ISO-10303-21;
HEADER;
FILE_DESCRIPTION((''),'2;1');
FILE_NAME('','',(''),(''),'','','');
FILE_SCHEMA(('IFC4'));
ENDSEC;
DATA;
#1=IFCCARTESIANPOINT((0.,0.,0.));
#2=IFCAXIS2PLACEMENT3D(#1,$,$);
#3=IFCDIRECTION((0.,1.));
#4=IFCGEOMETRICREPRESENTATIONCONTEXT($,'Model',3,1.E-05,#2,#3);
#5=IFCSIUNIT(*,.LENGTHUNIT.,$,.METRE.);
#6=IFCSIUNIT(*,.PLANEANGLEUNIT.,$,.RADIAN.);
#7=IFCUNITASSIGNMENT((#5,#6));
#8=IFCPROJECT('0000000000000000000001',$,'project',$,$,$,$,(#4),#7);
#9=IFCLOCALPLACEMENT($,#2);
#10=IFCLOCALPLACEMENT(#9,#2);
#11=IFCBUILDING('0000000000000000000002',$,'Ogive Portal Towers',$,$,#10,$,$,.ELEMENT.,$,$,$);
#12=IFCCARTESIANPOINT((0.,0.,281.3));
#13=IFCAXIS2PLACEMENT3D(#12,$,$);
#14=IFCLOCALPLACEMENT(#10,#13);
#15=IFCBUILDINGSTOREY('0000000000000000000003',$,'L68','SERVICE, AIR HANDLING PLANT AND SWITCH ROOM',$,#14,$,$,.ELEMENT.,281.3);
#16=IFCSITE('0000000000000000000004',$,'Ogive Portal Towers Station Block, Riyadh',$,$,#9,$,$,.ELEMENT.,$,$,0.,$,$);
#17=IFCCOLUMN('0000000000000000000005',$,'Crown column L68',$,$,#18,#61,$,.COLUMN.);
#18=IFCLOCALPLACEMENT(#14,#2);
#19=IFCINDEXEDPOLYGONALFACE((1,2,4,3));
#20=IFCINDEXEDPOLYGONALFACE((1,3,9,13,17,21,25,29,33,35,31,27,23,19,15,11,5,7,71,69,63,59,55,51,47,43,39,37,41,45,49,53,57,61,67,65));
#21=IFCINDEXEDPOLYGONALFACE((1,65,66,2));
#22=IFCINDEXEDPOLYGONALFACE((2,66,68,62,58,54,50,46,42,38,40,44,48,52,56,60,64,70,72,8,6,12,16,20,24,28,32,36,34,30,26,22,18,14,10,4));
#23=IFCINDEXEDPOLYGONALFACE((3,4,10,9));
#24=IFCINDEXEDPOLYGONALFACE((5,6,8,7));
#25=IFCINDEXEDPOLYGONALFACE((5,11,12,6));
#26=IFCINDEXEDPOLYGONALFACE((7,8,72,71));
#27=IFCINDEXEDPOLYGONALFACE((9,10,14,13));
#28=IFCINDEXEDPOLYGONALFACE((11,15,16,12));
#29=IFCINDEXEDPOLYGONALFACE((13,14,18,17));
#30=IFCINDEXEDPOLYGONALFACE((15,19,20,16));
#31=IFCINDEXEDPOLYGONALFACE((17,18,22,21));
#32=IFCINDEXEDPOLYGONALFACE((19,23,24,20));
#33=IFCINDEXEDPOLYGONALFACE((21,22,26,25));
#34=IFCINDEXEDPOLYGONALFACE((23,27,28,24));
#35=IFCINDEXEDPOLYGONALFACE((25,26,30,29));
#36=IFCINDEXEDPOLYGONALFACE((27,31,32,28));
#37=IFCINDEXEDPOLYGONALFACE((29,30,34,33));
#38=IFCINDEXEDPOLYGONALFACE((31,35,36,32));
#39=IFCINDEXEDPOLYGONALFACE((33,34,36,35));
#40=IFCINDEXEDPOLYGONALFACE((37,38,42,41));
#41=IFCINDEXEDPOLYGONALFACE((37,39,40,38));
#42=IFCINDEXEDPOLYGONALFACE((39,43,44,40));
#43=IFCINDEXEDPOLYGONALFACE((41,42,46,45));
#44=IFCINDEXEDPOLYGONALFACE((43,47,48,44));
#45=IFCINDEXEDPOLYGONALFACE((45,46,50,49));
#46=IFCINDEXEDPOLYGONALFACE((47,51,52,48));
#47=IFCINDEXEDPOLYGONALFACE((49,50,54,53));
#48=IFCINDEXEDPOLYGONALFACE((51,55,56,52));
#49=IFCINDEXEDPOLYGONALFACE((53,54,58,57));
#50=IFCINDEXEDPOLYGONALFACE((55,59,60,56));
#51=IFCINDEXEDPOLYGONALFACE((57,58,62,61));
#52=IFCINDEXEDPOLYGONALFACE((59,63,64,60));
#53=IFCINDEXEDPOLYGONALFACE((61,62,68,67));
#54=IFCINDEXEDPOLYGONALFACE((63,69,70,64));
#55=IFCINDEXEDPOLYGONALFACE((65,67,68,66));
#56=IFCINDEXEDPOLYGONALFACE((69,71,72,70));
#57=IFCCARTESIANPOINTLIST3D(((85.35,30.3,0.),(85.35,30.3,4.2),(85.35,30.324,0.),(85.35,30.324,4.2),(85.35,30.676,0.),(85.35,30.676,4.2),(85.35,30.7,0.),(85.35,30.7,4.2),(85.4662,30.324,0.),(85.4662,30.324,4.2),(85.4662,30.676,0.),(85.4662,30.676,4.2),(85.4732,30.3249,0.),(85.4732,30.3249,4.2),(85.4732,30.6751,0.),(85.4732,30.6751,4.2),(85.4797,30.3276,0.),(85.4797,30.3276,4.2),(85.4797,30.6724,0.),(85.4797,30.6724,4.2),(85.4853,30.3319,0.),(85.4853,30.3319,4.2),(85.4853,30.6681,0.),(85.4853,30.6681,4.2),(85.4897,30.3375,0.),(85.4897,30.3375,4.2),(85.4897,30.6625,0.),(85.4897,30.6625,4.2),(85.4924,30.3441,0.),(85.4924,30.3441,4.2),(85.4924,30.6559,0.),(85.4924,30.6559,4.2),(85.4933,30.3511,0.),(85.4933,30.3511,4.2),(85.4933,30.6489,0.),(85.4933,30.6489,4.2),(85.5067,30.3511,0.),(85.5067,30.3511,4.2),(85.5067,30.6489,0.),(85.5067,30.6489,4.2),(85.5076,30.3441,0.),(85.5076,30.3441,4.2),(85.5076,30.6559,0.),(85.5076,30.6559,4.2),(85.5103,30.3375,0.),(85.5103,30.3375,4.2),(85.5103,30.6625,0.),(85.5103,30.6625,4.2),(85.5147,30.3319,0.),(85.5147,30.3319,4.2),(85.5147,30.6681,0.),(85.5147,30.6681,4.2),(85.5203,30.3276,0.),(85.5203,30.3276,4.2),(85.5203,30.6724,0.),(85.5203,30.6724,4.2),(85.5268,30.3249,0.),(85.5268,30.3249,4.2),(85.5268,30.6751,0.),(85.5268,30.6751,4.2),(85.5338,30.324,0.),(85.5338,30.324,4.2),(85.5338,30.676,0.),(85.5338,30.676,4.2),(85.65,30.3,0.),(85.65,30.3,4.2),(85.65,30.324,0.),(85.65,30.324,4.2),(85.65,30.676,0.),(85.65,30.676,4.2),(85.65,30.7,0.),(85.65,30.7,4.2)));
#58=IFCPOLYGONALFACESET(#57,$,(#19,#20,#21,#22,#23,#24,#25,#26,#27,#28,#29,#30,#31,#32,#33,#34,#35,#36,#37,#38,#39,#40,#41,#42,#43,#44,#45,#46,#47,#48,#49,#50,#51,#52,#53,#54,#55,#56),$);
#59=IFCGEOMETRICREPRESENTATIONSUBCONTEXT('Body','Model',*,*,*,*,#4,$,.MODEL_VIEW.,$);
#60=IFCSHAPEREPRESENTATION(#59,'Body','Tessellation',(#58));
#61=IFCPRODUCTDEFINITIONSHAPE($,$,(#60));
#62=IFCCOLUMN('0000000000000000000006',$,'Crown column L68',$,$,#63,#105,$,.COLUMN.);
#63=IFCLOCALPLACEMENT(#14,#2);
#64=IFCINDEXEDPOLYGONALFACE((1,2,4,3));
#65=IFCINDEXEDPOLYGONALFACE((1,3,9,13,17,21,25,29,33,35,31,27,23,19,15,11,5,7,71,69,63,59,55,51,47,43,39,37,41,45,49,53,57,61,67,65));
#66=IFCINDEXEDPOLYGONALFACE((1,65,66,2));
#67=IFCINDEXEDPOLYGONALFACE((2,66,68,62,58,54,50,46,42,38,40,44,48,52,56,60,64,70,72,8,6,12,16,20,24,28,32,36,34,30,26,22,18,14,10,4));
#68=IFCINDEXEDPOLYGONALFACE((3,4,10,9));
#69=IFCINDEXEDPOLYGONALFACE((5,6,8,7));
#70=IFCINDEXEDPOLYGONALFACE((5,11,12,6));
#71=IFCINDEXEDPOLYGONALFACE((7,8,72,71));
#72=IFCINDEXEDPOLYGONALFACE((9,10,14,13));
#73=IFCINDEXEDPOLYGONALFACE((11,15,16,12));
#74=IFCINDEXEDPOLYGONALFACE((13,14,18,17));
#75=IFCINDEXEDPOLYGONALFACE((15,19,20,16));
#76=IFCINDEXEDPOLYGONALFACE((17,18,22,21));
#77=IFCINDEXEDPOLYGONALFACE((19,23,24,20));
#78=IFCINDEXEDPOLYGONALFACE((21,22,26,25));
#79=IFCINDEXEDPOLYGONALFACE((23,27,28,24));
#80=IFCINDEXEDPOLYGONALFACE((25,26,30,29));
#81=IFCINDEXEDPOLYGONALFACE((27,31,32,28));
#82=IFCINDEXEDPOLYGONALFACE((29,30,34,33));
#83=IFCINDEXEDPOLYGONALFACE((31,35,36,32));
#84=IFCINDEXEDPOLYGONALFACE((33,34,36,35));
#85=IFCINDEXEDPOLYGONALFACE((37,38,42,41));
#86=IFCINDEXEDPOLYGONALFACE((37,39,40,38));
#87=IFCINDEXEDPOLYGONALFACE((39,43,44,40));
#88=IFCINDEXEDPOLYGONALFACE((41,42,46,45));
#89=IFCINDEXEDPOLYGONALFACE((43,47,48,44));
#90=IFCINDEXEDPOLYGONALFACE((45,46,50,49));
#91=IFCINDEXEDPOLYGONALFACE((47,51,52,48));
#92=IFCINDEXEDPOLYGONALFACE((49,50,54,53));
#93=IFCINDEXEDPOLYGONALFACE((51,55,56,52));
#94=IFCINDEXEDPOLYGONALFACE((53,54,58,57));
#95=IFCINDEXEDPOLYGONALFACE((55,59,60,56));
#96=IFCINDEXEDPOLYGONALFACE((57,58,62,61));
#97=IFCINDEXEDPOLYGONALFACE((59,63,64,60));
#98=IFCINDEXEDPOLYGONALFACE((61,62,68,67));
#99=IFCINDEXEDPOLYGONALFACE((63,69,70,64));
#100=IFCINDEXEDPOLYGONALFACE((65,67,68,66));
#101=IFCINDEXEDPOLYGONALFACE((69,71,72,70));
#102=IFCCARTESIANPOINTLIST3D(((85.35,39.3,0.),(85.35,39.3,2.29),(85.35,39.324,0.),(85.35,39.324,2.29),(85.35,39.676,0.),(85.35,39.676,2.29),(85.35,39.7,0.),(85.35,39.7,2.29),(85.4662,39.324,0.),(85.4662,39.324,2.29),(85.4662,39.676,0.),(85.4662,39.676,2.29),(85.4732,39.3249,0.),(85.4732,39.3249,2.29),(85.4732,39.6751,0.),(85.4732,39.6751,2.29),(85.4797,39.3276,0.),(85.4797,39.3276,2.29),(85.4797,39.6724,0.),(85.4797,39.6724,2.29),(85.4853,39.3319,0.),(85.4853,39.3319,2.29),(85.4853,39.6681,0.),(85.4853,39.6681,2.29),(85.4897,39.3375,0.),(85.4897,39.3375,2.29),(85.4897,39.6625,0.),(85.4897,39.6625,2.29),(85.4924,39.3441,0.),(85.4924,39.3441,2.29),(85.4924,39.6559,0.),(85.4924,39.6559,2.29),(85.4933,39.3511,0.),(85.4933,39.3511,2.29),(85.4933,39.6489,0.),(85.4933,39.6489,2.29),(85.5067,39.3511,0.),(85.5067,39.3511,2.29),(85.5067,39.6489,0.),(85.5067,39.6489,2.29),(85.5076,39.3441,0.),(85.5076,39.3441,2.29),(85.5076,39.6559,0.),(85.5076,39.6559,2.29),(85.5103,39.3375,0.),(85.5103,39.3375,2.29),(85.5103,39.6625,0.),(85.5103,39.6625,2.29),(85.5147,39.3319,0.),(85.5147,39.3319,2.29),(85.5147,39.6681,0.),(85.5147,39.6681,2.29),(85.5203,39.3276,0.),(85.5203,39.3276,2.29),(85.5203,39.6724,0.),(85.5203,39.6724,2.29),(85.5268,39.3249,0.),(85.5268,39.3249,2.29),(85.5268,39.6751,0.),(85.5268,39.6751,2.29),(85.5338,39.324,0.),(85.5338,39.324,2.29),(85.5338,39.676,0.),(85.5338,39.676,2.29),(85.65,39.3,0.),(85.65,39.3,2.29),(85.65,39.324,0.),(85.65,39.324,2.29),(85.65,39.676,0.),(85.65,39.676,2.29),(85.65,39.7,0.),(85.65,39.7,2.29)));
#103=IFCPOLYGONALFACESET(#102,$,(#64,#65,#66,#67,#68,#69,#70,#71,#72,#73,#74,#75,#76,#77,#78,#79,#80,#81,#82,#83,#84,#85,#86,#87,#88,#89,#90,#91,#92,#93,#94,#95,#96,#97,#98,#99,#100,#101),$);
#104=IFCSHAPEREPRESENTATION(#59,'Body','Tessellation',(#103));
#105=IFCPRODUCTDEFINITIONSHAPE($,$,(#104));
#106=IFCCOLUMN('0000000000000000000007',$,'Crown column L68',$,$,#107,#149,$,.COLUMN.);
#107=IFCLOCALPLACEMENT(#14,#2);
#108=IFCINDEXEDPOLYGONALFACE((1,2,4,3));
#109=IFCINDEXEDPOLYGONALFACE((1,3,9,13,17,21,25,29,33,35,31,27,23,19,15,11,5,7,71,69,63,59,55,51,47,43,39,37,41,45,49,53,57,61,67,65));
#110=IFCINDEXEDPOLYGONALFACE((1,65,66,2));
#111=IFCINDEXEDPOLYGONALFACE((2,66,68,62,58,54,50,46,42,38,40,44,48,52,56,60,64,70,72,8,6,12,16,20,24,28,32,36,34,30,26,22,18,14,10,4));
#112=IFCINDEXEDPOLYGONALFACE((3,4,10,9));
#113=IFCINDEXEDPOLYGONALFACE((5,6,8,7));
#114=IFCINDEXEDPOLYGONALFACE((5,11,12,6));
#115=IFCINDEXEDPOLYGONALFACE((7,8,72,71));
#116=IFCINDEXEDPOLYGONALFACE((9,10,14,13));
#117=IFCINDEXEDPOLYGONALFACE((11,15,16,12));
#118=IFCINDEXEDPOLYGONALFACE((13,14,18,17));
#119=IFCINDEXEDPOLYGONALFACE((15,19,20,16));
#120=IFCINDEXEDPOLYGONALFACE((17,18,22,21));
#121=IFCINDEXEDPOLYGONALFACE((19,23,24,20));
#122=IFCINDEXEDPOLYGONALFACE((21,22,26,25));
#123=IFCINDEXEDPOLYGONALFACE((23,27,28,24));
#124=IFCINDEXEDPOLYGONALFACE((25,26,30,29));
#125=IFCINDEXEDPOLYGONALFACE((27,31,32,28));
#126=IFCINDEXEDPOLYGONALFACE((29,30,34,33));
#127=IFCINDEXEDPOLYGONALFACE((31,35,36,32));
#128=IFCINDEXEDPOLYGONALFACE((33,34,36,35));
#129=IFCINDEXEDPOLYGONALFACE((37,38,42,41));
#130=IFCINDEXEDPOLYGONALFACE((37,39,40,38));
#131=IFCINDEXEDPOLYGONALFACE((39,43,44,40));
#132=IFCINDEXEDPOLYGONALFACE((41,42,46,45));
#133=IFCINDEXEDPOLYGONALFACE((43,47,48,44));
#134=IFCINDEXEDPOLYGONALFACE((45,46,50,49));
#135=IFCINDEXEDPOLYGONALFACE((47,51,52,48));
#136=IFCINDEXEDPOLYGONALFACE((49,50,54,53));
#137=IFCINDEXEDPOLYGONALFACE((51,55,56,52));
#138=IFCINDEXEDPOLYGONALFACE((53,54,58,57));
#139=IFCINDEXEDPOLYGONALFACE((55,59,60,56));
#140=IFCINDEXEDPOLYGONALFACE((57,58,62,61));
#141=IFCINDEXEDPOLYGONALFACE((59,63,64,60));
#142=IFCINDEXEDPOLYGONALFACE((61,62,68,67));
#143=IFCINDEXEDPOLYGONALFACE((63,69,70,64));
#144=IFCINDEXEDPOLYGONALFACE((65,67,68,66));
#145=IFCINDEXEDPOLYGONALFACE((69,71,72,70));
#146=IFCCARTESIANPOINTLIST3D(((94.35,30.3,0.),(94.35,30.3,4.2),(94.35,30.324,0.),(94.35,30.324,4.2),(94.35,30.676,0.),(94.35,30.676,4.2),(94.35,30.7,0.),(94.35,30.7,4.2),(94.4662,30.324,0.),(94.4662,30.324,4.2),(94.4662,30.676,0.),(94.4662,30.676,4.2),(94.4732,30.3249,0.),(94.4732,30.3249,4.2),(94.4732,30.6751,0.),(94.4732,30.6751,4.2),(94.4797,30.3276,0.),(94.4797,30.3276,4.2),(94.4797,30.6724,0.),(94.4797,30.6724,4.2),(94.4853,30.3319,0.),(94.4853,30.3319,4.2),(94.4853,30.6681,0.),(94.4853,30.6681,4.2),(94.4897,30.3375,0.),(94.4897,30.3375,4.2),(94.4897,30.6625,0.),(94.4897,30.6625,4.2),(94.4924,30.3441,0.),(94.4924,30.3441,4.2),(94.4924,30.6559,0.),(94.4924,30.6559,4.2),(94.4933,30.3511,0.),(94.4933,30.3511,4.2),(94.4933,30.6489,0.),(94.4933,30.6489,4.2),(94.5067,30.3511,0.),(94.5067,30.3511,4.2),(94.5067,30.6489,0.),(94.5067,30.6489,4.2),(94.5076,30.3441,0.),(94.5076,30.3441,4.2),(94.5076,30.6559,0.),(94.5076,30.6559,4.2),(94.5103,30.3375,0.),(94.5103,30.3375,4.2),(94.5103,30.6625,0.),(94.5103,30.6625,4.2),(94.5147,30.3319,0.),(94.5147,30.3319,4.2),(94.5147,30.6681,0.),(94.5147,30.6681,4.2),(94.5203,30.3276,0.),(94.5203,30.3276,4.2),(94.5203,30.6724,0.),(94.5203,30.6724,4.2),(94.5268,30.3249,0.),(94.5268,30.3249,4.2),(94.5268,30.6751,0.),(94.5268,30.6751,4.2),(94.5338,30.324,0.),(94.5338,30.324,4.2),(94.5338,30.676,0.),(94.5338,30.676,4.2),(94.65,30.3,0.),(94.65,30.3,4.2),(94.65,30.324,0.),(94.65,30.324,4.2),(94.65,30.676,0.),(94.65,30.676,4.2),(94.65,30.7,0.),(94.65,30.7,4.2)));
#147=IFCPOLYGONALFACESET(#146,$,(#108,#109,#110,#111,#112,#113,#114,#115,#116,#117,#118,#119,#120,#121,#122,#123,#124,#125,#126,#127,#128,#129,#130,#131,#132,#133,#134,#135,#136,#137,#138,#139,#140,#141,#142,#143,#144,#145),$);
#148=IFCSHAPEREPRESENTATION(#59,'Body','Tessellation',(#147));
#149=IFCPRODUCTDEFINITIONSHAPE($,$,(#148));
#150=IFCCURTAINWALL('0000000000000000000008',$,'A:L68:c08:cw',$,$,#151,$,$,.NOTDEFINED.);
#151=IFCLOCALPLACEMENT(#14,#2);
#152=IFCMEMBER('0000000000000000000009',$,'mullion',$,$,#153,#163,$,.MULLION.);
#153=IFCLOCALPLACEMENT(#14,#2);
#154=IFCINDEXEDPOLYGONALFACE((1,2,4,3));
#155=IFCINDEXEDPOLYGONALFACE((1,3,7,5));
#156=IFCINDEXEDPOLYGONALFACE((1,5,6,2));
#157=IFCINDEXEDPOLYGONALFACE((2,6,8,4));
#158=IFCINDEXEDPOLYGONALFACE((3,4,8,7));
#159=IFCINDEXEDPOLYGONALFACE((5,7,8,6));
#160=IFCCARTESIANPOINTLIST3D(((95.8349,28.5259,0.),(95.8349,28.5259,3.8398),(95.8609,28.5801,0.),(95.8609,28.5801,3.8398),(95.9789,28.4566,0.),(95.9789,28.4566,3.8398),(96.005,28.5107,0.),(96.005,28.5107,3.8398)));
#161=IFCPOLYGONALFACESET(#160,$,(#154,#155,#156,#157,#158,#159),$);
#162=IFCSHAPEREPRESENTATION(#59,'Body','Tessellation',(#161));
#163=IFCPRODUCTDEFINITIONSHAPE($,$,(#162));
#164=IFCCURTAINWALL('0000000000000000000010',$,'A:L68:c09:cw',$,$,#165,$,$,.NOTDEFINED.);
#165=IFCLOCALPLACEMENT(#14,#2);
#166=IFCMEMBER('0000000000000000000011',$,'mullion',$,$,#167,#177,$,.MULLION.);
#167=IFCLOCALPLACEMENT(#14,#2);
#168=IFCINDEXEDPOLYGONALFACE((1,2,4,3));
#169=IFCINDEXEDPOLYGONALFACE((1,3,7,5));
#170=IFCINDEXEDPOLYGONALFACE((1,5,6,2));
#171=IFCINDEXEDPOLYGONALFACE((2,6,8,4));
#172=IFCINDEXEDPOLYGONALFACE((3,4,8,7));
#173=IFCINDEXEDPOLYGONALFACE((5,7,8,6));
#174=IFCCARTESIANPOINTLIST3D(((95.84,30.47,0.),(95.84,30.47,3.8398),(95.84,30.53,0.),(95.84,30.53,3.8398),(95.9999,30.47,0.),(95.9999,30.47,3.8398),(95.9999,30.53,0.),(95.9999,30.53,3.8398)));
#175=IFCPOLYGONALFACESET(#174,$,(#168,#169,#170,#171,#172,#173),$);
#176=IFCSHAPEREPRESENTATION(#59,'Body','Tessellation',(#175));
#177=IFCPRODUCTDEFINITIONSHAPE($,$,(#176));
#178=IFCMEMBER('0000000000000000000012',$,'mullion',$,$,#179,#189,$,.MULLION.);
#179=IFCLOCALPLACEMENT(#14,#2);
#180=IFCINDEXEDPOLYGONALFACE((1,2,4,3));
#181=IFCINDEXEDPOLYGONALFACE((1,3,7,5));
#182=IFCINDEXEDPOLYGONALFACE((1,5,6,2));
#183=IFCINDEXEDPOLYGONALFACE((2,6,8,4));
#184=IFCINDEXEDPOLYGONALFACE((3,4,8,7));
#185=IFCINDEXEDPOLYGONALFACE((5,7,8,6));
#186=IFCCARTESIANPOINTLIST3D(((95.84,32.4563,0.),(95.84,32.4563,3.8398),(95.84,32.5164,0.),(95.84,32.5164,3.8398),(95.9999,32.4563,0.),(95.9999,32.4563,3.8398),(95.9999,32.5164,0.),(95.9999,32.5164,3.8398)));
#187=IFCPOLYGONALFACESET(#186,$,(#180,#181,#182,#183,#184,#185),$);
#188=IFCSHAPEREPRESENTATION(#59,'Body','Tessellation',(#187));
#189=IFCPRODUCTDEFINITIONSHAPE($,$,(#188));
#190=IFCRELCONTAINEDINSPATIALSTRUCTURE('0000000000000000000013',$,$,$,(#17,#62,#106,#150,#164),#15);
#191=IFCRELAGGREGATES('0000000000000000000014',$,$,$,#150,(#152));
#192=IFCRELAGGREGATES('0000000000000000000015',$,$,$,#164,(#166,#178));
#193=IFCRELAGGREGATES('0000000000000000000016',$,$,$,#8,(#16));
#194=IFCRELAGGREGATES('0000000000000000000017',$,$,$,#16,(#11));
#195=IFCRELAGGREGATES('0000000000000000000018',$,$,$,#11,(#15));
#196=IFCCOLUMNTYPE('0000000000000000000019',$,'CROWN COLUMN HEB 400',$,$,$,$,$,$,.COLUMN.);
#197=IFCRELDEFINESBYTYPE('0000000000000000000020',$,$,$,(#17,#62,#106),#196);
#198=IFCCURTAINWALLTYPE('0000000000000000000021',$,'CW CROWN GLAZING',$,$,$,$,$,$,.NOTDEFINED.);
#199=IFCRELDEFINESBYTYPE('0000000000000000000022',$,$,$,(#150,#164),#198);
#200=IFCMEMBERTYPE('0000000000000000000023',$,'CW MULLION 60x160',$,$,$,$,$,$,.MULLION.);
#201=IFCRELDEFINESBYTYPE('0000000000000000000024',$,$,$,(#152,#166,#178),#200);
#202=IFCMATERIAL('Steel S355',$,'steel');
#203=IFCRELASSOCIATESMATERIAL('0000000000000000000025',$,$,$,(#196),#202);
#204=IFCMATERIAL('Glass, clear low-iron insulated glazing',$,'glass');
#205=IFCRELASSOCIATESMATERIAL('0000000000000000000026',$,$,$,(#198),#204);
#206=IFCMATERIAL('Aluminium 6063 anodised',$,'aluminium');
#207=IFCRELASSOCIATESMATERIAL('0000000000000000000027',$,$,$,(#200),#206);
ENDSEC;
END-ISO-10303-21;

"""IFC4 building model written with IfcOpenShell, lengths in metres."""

from ifc_helpers import new_model, si_unit, direction, frame, origin, origin_2d, place, context, subcontext, project, spatial, rectangle, i_section, extrude, material, material_profile, profile_set, type_object, element, aggregate, save


model = new_model("IFC4")

# Units and contexts
model_context = context("Model", 3, precision=1e-05, world=origin(), true_north=direction((0.0, 1.0)))
body_context = subcontext(model_context, "Body", "Model", "MODEL_VIEW")
ifc_project = project(units=[si_unit("LENGTHUNIT", "METRE"), si_unit("PLANEANGLEUNIT", "RADIAN")], contexts=[model_context])

# Site, building, storey
site_placement = place(None, origin())
site = spatial("IfcSite", under=ifc_project, at=site_placement, Name="Ogive Portal Towers Station Block, Riyadh", CompositionType="ELEMENT", RefElevation=0.0)
building_placement = place(site_placement, origin())
building = spatial("IfcBuilding", under=site, at=building_placement, Name="Ogive Portal Towers", CompositionType="ELEMENT")
storey_placement = place(building_placement, frame((0.0, 0.0, 281.3)))
storey = spatial("IfcBuildingStorey", under=building, at=storey_placement, Name="L68", Description="SERVICE, AIR HANDLING PLANT AND SWITCH ROOM", CompositionType="ELEMENT", Elevation=281.3)

# Columns
ifc_material_1 = material(Name="Steel S355", Category="steel")
ifc_material_profile_1 = material_profile(ifc_material_1, i_section(OverallWidth=0.3, OverallDepth=0.3999, WebThickness=0.0134, FlangeThickness=0.0239, FilletRadius=0.0271, at=origin_2d()), Name="HEB 400")
ifc_profile_set_1 = profile_set([ifc_material_profile_1], Name="Steel S355")
column_type = type_object("IfcColumnType", Name="CROWN COLUMN HEB 400", PredefinedType="COLUMN", material=ifc_profile_set_1)
column_1_placement = place(storey_placement, frame((85.5, 30.5, 0.0), z_axis=(0.0, 0.0, 1.0), x_axis=(1.0, 0.0, 0.0)))
element("IfcColumn", 1, at=column_1_placement, inside=storey, type_object=column_type, Name="Crown column L68", PredefinedType="COLUMN", context=body_context, shape_type="SweptSolid", body=[
    extrude(i_section(OverallWidth=0.3, OverallDepth=0.3999, WebThickness=0.0134, FlangeThickness=0.0239, FilletRadius=0.0271, at=origin_2d()), origin(), (0.0, 0.0, 1.0), 4.2),
])
column_2_placement = place(storey_placement, frame((85.5, 39.5, 0.0), z_axis=(0.0, 0.0, 1.0), x_axis=(1.0, 0.0, 0.0)))
element("IfcColumn", 2, at=column_2_placement, inside=storey, type_object=column_type, Name="Crown column L68", PredefinedType="COLUMN", context=body_context, shape_type="SweptSolid", body=[
    extrude(i_section(OverallWidth=0.3, OverallDepth=0.3999, WebThickness=0.0134, FlangeThickness=0.0239, FilletRadius=0.0271, at=origin_2d()), origin(), (0.0, 0.0, 1.0), 2.29),
])
column_3_placement = place(storey_placement, frame((94.5, 30.5, 0.0), z_axis=(0.0, 0.0, 1.0), x_axis=(1.0, 0.0, 0.0)))
element("IfcColumn", 3, at=column_3_placement, inside=storey, type_object=column_type, Name="Crown column L68", PredefinedType="COLUMN", context=body_context, shape_type="SweptSolid", body=[
    extrude(i_section(OverallWidth=0.3, OverallDepth=0.3999, WebThickness=0.0134, FlangeThickness=0.0239, FilletRadius=0.0271, at=origin_2d()), origin(), (0.0, 0.0, 1.0), 4.2),
])

# Curtain wall, member
ifc_material_2 = material(Name="Glass, clear low-iron insulated glazing", Category="glass")
curtain_wall_type = type_object("IfcCurtainWallType", Name="CW CROWN GLAZING", PredefinedType="NOTDEFINED", material=ifc_material_2)
curtain_wall_1_placement = place(storey_placement, origin())
curtain_wall_1 = element("IfcCurtainWall", 4, at=curtain_wall_1_placement, inside=storey, type_object=curtain_wall_type, Name="A:L68:c08:cw", PredefinedType="NOTDEFINED")
ifc_material_3 = material(Name="Aluminium 6063 anodised", Category="aluminium")
ifc_material_profile_2 = material_profile(ifc_material_3, rectangle(XDim=0.1599, YDim=0.0601, at=origin_2d()), Name="AL 60x160")
ifc_profile_set_2 = profile_set([ifc_material_profile_2], Name="Aluminium 6063 anodised")
member_type_1 = type_object("IfcMemberType", Name="CW MULLION 60x160", PredefinedType="MULLION", material=ifc_profile_set_2)
member_1_placement = place(storey_placement, frame((95.9199, 28.5183, 0.0), z_axis=(0.0, 0.0, 1.0), x_axis=(-0.900969, 0.433884, 0.0)))
member_1 = element("IfcMember", 5, at=member_1_placement, type_object=member_type_1, Name="mullion", PredefinedType="MULLION", context=body_context, shape_type="SweptSolid", body=[
    extrude(rectangle(XDim=0.1599, YDim=0.0601, at=origin_2d()), origin(), (0.0, 0.0, 1.0), 3.8398),
])
aggregate(curtain_wall_1, [member_1])

# Curtain wall, members
curtain_wall_2_placement = place(storey_placement, origin())
curtain_wall_2 = element("IfcCurtainWall", 6, at=curtain_wall_2_placement, inside=storey, type_object=curtain_wall_type, Name="A:L68:c09:cw", PredefinedType="NOTDEFINED")
member_2_placement = place(storey_placement, frame((95.9199, 30.5, 0.0), z_axis=(0.0, 0.0, 1.0), x_axis=(-1.0, 0.0, 0.0)))
member_2 = element("IfcMember", 7, at=member_2_placement, type_object=member_type_1, Name="mullion", PredefinedType="MULLION", context=body_context, shape_type="SweptSolid", body=[
    extrude(rectangle(XDim=0.1599, YDim=0.0601, at=origin_2d()), origin(), (0.0, 0.0, 1.0), 3.8398),
])
member_3_placement = place(storey_placement, frame((95.9199, 32.4863, 0.0), z_axis=(0.0, 0.0, 1.0), x_axis=(-1.0, 0.0, 0.0)))
member_3 = element("IfcMember", 8, at=member_3_placement, type_object=member_type_1, Name="mullion", PredefinedType="MULLION", context=body_context, shape_type="SweptSolid", body=[
    extrude(rectangle(XDim=0.1599, YDim=0.0601, at=origin_2d()), origin(), (0.0, 0.0, 1.0), 3.8398),
])
aggregate(curtain_wall_2, [member_2, member_3])

save(model, "model.ifc")
